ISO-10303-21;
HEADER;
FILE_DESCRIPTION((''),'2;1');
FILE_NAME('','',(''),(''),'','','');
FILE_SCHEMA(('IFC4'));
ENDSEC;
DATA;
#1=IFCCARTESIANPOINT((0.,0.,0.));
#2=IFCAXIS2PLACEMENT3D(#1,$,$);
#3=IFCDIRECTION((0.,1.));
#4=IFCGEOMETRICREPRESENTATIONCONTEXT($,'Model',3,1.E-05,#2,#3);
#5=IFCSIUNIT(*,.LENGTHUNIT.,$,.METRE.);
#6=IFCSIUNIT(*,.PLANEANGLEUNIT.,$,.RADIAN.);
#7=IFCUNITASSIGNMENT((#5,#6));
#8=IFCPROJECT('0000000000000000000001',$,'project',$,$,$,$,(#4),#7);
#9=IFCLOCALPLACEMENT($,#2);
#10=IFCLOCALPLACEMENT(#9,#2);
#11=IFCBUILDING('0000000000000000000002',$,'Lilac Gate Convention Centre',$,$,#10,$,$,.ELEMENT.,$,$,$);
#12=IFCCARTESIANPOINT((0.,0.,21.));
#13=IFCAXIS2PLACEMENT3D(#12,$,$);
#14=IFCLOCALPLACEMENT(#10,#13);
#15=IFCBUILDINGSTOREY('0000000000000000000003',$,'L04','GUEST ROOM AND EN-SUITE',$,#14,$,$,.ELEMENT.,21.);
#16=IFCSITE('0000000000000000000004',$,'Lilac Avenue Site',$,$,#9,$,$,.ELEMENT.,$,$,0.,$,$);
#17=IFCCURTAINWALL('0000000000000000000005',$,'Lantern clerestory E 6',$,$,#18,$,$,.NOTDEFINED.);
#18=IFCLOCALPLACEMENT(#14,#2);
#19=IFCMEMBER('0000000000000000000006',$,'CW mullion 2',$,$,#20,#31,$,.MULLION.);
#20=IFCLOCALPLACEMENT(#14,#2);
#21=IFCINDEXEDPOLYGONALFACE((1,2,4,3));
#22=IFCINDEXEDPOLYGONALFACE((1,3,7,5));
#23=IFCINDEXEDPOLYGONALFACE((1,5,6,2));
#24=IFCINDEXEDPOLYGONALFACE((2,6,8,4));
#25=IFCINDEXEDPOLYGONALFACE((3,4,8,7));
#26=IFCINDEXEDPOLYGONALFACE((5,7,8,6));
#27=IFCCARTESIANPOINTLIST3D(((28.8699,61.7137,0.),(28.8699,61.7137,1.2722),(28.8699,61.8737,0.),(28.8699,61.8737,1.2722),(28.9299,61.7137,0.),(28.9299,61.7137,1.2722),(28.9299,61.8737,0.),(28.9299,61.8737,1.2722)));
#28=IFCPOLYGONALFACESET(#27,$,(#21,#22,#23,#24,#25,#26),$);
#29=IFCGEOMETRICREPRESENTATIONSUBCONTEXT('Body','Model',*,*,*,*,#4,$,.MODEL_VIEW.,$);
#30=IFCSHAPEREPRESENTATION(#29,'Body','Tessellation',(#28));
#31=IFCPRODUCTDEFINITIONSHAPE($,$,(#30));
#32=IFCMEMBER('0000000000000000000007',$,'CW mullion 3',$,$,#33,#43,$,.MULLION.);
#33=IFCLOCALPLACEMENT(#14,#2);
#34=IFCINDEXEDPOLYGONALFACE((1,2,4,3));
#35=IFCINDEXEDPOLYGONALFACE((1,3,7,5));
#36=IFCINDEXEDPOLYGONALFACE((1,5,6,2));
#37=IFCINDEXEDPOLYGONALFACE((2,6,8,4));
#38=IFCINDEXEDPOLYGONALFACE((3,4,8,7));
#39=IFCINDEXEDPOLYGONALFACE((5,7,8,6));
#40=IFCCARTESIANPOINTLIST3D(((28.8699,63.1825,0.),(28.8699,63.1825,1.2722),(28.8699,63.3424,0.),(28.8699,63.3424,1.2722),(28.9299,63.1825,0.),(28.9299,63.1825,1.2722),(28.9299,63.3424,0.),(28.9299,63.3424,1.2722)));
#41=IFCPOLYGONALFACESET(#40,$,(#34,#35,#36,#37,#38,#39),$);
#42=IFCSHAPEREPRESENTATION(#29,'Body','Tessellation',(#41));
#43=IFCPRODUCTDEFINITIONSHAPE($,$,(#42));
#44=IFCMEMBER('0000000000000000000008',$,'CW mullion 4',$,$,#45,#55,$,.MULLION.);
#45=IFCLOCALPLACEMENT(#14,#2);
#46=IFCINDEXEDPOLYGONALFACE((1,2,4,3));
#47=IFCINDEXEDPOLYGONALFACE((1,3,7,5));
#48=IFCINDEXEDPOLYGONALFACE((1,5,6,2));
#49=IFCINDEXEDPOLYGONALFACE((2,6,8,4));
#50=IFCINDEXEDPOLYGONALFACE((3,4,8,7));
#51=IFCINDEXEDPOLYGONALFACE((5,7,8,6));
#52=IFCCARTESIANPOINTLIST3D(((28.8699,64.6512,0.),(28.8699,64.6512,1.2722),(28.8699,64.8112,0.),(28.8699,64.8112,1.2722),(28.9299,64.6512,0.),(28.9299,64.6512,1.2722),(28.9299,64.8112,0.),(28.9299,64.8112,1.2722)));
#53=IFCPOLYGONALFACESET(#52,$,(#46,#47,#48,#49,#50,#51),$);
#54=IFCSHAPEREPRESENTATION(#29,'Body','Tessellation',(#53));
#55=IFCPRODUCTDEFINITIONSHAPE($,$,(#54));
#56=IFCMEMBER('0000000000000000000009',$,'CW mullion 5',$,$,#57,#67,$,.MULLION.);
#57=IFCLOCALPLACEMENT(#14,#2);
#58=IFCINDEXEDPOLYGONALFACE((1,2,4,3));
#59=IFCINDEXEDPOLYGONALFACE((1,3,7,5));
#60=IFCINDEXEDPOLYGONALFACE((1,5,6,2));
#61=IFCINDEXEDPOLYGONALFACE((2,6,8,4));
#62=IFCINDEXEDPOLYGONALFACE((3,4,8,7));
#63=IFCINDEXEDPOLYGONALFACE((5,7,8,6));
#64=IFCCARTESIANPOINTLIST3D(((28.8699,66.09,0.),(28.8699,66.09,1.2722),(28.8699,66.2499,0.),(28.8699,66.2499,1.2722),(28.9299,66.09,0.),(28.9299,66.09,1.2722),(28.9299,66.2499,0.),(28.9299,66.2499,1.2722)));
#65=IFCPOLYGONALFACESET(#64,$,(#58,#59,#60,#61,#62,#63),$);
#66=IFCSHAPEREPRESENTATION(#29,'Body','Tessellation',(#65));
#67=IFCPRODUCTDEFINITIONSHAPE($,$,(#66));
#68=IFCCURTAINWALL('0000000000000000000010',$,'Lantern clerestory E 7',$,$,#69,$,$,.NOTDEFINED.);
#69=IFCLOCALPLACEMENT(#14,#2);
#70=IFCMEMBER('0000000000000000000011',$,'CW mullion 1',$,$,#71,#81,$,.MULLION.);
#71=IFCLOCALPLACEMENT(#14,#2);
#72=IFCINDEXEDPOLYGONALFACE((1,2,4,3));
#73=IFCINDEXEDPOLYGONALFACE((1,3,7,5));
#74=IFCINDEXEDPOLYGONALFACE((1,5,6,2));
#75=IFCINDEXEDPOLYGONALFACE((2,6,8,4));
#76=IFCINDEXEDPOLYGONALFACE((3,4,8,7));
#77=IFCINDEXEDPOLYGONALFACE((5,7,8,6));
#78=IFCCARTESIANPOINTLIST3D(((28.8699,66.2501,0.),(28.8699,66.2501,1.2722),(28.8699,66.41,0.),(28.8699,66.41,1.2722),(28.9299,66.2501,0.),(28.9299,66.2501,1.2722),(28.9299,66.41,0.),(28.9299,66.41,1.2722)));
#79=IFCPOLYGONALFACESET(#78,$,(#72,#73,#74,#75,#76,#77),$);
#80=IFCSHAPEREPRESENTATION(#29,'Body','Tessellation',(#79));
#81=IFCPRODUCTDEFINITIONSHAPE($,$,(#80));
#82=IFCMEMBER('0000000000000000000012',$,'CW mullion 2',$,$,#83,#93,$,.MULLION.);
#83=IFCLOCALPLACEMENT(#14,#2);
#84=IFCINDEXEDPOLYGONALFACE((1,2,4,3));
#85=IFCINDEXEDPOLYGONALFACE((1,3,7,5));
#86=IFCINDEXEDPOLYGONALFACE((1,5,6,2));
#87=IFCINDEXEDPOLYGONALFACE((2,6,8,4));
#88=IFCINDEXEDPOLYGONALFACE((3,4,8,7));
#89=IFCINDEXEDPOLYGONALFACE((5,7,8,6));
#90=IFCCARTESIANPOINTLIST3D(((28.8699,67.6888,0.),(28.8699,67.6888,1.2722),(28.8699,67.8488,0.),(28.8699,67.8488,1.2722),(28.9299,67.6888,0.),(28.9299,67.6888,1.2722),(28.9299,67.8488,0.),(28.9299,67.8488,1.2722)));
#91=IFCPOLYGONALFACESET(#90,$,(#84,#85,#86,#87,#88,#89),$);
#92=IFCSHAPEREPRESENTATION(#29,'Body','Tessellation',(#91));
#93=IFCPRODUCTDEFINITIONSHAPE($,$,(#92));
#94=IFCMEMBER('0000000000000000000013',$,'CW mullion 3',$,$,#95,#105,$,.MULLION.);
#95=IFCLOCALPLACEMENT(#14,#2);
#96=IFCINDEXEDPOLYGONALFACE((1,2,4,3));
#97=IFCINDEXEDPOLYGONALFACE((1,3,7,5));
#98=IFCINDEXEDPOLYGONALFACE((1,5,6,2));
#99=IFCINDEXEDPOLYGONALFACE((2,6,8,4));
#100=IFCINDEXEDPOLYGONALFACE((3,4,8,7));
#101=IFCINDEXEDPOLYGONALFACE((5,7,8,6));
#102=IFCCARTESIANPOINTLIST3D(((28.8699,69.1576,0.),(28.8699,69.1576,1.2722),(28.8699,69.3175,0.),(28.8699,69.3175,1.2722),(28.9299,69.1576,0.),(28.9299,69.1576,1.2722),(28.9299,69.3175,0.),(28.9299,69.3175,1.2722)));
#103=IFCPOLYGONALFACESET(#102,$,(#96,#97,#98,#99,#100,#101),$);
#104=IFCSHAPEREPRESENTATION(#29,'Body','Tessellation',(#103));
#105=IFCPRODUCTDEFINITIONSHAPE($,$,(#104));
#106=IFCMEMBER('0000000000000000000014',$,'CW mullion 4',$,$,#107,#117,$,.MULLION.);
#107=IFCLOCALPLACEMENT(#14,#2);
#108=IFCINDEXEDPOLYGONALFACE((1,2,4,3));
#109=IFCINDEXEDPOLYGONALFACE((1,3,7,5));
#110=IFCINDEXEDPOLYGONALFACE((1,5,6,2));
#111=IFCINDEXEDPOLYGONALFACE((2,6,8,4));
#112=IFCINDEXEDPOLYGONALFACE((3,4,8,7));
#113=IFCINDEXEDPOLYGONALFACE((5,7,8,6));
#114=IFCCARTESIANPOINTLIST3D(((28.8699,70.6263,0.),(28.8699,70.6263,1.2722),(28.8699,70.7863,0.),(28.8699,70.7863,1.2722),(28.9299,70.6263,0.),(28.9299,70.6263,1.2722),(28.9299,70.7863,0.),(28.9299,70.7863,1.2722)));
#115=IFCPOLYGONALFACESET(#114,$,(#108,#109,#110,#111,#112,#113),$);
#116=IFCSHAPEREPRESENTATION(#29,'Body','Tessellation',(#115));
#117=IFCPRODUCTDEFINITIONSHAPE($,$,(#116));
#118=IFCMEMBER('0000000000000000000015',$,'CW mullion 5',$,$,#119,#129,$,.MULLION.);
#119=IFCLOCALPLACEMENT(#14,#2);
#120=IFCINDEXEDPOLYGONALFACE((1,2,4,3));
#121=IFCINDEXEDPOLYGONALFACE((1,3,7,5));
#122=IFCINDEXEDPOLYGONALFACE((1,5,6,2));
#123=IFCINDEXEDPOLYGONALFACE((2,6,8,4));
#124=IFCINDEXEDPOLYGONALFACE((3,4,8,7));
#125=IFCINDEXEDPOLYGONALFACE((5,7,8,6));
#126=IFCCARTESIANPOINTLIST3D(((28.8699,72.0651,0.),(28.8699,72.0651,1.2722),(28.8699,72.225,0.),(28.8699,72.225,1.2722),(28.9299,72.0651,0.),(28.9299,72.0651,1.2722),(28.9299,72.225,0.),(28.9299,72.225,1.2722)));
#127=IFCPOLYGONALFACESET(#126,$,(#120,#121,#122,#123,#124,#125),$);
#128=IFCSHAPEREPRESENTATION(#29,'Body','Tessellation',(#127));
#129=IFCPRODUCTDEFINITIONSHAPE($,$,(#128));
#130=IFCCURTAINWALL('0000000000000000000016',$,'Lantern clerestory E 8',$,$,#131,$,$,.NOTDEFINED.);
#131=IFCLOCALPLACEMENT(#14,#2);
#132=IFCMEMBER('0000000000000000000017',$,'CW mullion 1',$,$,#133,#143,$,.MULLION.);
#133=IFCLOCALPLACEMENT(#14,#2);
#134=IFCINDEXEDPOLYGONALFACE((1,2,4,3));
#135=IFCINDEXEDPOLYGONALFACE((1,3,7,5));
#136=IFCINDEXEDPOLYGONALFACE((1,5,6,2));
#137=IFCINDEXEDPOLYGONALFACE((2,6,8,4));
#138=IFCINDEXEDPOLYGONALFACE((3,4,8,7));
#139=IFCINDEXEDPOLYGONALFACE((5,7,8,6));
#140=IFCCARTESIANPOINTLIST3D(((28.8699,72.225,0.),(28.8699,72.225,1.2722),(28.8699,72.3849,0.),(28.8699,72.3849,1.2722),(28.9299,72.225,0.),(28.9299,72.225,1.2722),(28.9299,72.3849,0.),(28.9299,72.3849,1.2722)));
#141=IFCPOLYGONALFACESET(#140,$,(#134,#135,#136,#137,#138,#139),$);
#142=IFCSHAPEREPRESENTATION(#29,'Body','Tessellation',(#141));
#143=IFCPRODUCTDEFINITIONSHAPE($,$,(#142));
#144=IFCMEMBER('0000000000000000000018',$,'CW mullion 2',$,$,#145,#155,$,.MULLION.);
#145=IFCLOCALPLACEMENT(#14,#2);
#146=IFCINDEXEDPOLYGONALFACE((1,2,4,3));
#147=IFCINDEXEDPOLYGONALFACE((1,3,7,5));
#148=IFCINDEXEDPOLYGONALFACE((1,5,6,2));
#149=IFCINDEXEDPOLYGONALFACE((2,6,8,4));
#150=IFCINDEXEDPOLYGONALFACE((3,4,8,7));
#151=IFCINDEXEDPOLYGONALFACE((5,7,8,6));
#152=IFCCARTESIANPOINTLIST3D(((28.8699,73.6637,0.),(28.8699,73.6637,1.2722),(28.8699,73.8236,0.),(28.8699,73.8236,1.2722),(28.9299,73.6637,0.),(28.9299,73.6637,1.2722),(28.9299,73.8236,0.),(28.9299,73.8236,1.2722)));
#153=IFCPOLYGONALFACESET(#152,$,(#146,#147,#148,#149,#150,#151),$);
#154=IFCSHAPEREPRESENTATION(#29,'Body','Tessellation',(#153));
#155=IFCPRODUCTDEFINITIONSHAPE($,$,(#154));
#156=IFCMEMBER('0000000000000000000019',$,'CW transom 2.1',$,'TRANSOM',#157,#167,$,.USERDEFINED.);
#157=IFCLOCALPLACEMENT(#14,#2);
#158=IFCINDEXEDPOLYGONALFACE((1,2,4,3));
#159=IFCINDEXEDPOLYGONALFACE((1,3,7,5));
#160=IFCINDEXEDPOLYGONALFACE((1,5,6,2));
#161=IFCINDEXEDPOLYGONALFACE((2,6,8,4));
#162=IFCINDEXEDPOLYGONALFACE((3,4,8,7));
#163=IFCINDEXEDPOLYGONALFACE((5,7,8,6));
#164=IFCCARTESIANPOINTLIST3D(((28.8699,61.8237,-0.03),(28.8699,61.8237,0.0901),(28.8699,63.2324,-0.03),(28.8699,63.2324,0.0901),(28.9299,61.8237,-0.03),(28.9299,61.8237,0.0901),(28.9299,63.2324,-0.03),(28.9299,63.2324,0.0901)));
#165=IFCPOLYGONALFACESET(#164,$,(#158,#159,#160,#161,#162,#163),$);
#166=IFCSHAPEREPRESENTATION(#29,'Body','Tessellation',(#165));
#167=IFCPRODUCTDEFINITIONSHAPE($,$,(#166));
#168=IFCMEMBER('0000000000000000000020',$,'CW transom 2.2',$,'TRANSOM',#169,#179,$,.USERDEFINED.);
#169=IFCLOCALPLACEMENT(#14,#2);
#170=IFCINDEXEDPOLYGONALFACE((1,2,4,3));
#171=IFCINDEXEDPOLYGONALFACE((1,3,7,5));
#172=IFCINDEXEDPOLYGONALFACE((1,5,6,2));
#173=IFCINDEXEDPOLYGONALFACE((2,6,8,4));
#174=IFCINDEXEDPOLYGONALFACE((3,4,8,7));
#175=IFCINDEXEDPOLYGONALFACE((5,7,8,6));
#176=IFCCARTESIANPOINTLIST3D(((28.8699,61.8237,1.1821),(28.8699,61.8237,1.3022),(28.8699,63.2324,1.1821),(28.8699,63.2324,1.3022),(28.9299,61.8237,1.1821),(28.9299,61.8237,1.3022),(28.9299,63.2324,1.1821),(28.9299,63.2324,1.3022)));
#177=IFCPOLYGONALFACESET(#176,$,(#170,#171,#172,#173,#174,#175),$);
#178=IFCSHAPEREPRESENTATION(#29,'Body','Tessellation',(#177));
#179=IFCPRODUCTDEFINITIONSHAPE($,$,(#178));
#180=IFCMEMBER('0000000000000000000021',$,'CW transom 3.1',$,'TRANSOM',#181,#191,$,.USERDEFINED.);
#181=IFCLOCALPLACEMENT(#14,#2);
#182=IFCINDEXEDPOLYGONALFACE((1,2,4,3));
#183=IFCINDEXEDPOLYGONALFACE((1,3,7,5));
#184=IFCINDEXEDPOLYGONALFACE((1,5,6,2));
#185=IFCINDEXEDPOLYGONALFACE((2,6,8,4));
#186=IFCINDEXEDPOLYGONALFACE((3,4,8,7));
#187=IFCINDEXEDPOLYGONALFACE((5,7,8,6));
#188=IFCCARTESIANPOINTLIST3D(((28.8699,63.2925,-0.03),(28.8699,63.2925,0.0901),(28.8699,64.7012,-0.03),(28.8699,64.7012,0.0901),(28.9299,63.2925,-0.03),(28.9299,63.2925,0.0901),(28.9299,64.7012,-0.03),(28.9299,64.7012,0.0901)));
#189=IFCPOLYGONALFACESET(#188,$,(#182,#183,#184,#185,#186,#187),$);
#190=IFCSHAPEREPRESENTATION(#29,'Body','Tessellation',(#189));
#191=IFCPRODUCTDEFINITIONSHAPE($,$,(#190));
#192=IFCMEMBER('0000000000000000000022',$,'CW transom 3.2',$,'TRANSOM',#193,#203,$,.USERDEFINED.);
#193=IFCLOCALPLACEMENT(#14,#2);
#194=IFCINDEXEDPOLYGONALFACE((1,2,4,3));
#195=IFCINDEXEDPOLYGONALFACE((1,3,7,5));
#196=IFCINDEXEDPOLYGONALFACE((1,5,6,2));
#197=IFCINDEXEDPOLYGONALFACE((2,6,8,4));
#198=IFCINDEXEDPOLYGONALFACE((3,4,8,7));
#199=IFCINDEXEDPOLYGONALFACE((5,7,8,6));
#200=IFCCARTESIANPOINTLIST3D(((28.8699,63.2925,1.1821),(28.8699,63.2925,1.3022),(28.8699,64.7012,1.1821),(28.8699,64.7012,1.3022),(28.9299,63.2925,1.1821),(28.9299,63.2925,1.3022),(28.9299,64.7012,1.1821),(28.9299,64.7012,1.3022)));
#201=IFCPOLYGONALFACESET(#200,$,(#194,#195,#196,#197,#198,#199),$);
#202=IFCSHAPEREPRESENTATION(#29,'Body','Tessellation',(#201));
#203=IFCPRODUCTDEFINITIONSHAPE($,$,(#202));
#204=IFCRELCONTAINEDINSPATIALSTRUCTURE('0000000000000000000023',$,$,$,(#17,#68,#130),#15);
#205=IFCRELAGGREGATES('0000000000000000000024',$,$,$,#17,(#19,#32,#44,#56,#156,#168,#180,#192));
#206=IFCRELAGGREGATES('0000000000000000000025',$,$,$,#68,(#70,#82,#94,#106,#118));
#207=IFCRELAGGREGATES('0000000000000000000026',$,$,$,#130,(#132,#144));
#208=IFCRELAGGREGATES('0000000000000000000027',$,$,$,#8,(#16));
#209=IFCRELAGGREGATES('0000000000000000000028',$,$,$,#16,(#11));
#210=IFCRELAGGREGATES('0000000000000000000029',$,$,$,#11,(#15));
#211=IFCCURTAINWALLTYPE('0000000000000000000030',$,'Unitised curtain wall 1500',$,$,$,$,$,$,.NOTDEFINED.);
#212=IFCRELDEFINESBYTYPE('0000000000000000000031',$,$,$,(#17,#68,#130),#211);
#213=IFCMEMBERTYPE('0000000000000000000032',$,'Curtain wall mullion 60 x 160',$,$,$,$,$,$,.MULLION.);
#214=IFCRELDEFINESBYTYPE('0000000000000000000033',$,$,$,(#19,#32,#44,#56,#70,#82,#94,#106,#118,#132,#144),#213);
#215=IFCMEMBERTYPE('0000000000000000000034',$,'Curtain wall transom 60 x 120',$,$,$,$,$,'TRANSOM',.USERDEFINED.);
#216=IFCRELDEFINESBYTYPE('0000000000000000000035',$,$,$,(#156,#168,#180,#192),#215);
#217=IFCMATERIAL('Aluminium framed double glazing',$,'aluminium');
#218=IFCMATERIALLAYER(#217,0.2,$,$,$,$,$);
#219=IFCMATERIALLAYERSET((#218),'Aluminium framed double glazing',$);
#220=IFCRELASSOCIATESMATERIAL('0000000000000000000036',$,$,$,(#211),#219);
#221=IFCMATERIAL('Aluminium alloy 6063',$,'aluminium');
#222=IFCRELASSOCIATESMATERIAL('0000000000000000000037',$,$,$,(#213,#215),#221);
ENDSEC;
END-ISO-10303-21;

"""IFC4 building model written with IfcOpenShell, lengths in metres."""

from ifc_helpers import new_model, si_unit, direction, frame, origin, origin_2d, place, context, subcontext, project, spatial, rectangle, extrude, material, layer, layer_set, material_profile, profile_set, type_object, element, aggregate, save


model = new_model("IFC4")

# Units and contexts
model_context = context("Model", 3, precision=1e-05, world=origin(), true_north=direction((0.0, 1.0)))
body_context = subcontext(model_context, "Body", "Model", "MODEL_VIEW")
ifc_project = project(units=[si_unit("LENGTHUNIT", "METRE"), si_unit("PLANEANGLEUNIT", "RADIAN")], contexts=[model_context])

# Site, building, storey
site_placement = place(None, origin())
site = spatial("IfcSite", under=ifc_project, at=site_placement, Name="Lilac Avenue Site", CompositionType="ELEMENT", RefElevation=0.0)
building_placement = place(site_placement, origin())
building = spatial("IfcBuilding", under=site, at=building_placement, Name="Lilac Gate Convention Centre", CompositionType="ELEMENT")
storey_placement = place(building_placement, frame((0.0, 0.0, 21.0)))
storey = spatial("IfcBuildingStorey", under=building, at=storey_placement, Name="L04", Description="GUEST ROOM AND EN-SUITE", CompositionType="ELEMENT", Elevation=21.0)

# Curtain walls, members
ifc_material_1 = material(Name="Aluminium framed double glazing", Category="aluminium")
ifc_layer_1 = layer(ifc_material_1, 0.2)
ifc_layer_set_1 = layer_set([ifc_layer_1], Name="Aluminium framed double glazing")
curtain_wall_type = type_object("IfcCurtainWallType", Name="Unitised curtain wall 1500", PredefinedType="NOTDEFINED", material=ifc_layer_set_1)
curtain_wall_1_placement = place(storey_placement, origin())
curtain_wall_1 = element("IfcCurtainWall", 1, at=curtain_wall_1_placement, inside=storey, type_object=curtain_wall_type, Name="Lantern clerestory E 6", PredefinedType="NOTDEFINED")
ifc_material_2 = material(Name="Aluminium alloy 6063", Category="aluminium")
ifc_material_profile_1 = material_profile(ifc_material_2, rectangle(XDim=0.0601, YDim=0.1599, at=origin_2d()), Name="Curtain wall mullion 60 x 160")
ifc_profile_set_1 = profile_set([ifc_material_profile_1], Name="Aluminium alloy 6063")
member_type_1 = type_object("IfcMemberType", Name="Curtain wall mullion 60 x 160", PredefinedType="MULLION", material=ifc_profile_set_1)
member_1_placement = place(storey_placement, frame((28.8999, 61.7937, 0.0), z_axis=(0.0, 0.0, 1.0), x_axis=(-1.0, 0.0, 0.0)))
member_1 = element("IfcMember", 2, at=member_1_placement, type_object=member_type_1, Name="CW mullion 2", PredefinedType="MULLION", context=body_context, shape_type="SweptSolid", body=[
    extrude(rectangle(XDim=0.0601, YDim=0.1599, at=origin_2d()), origin(), (0.0, 0.0, 1.0), 1.2722),
])
member_2_placement = place(storey_placement, frame((28.8999, 63.2625, 0.0), z_axis=(0.0, 0.0, 1.0), x_axis=(-1.0, 0.0, 0.0)))
member_2 = element("IfcMember", 3, at=member_2_placement, type_object=member_type_1, Name="CW mullion 3", PredefinedType="MULLION", context=body_context, shape_type="SweptSolid", body=[
    extrude(rectangle(XDim=0.0601, YDim=0.1599, at=origin_2d()), origin(), (0.0, 0.0, 1.0), 1.2722),
])
member_3_placement = place(storey_placement, frame((28.8999, 64.7312, 0.0), z_axis=(0.0, 0.0, 1.0), x_axis=(-1.0, 0.0, 0.0)))
member_3 = element("IfcMember", 4, at=member_3_placement, type_object=member_type_1, Name="CW mullion 4", PredefinedType="MULLION", context=body_context, shape_type="SweptSolid", body=[
    extrude(rectangle(XDim=0.0601, YDim=0.1599, at=origin_2d()), origin(), (0.0, 0.0, 1.0), 1.2722),
])
member_4_placement = place(storey_placement, frame((28.8999, 66.1699, 0.0), z_axis=(0.0, 0.0, 1.0), x_axis=(-1.0, 0.0, 0.0)))
member_4 = element("IfcMember", 5, at=member_4_placement, type_object=member_type_1, Name="CW mullion 5", PredefinedType="MULLION", context=body_context, shape_type="SweptSolid", body=[
    extrude(rectangle(XDim=0.0601, YDim=0.1599, at=origin_2d()), origin(), (0.0, 0.0, 1.0), 1.2722),
])
curtain_wall_2_placement = place(storey_placement, origin())
curtain_wall_2 = element("IfcCurtainWall", 6, at=curtain_wall_2_placement, inside=storey, type_object=curtain_wall_type, Name="Lantern clerestory E 7", PredefinedType="NOTDEFINED")
member_5_placement = place(storey_placement, frame((28.8999, 66.3301, 0.0), z_axis=(0.0, 0.0, 1.0), x_axis=(-1.0, 0.0, 0.0)))
member_5 = element("IfcMember", 7, at=member_5_placement, type_object=member_type_1, Name="CW mullion 1", PredefinedType="MULLION", context=body_context, shape_type="SweptSolid", body=[
    extrude(rectangle(XDim=0.0601, YDim=0.1599, at=origin_2d()), origin(), (0.0, 0.0, 1.0), 1.2722),
])
member_6_placement = place(storey_placement, frame((28.8999, 67.7688, 0.0), z_axis=(0.0, 0.0, 1.0), x_axis=(-1.0, 0.0, 0.0)))
member_6 = element("IfcMember", 8, at=member_6_placement, type_object=member_type_1, Name="CW mullion 2", PredefinedType="MULLION", context=body_context, shape_type="SweptSolid", body=[
    extrude(rectangle(XDim=0.0601, YDim=0.1599, at=origin_2d()), origin(), (0.0, 0.0, 1.0), 1.2722),
])
member_7_placement = place(storey_placement, frame((28.8999, 69.2375, 0.0), z_axis=(0.0, 0.0, 1.0), x_axis=(-1.0, 0.0, 0.0)))
member_7 = element("IfcMember", 9, at=member_7_placement, type_object=member_type_1, Name="CW mullion 3", PredefinedType="MULLION", context=body_context, shape_type="SweptSolid", body=[
    extrude(rectangle(XDim=0.0601, YDim=0.1599, at=origin_2d()), origin(), (0.0, 0.0, 1.0), 1.2722),
])
member_8_placement = place(storey_placement, frame((28.8999, 70.7063, 0.0), z_axis=(0.0, 0.0, 1.0), x_axis=(-1.0, 0.0, 0.0)))
member_8 = element("IfcMember", 10, at=member_8_placement, type_object=member_type_1, Name="CW mullion 4", PredefinedType="MULLION", context=body_context, shape_type="SweptSolid", body=[
    extrude(rectangle(XDim=0.0601, YDim=0.1599, at=origin_2d()), origin(), (0.0, 0.0, 1.0), 1.2722),
])
member_9_placement = place(storey_placement, frame((28.8999, 72.145, 0.0), z_axis=(0.0, 0.0, 1.0), x_axis=(-1.0, 0.0, 0.0)))
member_9 = element("IfcMember", 11, at=member_9_placement, type_object=member_type_1, Name="CW mullion 5", PredefinedType="MULLION", context=body_context, shape_type="SweptSolid", body=[
    extrude(rectangle(XDim=0.0601, YDim=0.1599, at=origin_2d()), origin(), (0.0, 0.0, 1.0), 1.2722),
])
curtain_wall_3_placement = place(storey_placement, origin())
curtain_wall_3 = element("IfcCurtainWall", 12, at=curtain_wall_3_placement, inside=storey, type_object=curtain_wall_type, Name="Lantern clerestory E 8", PredefinedType="NOTDEFINED")
member_10_placement = place(storey_placement, frame((28.8999, 72.3049, 0.0), z_axis=(0.0, 0.0, 1.0), x_axis=(-1.0, 0.0, 0.0)))
member_10 = element("IfcMember", 13, at=member_10_placement, type_object=member_type_1, Name="CW mullion 1", PredefinedType="MULLION", context=body_context, shape_type="SweptSolid", body=[
    extrude(rectangle(XDim=0.0601, YDim=0.1599, at=origin_2d()), origin(), (0.0, 0.0, 1.0), 1.2722),
])
member_11_placement = place(storey_placement, frame((28.8999, 73.7437, 0.0), z_axis=(0.0, 0.0, 1.0), x_axis=(-1.0, 0.0, 0.0)))
member_11 = element("IfcMember", 14, at=member_11_placement, type_object=member_type_1, Name="CW mullion 2", PredefinedType="MULLION", context=body_context, shape_type="SweptSolid", body=[
    extrude(rectangle(XDim=0.0601, YDim=0.1599, at=origin_2d()), origin(), (0.0, 0.0, 1.0), 1.2722),
])

# Members
ifc_material_profile_2 = material_profile(ifc_material_2, rectangle(XDim=0.0601, YDim=0.1201, at=origin_2d()), Name="Curtain wall transom 60 x 120")
ifc_profile_set_2 = profile_set([ifc_material_profile_2], Name="Aluminium alloy 6063")
member_type_2 = type_object("IfcMemberType", Name="Curtain wall transom 60 x 120", ElementType="TRANSOM", PredefinedType="USERDEFINED", material=ifc_profile_set_2)
member_12_placement = place(storey_placement, frame((28.8999, 61.8237, 0.03), z_axis=(0.0, 1.0, 0.0), x_axis=(-1.0, 0.0, 0.0)))
member_12 = element("IfcMember", 15, at=member_12_placement, type_object=member_type_2, Name="CW transom 2.1", ObjectType="TRANSOM", PredefinedType="USERDEFINED", context=body_context, shape_type="SweptSolid", body=[
    extrude(rectangle(XDim=0.0601, YDim=0.1201, at=origin_2d()), origin(), (0.0, 0.0, 1.0), 1.4087),
])
member_13_placement = place(storey_placement, frame((28.8999, 61.8237, 1.2422), z_axis=(0.0, 1.0, 0.0), x_axis=(-1.0, 0.0, 0.0)))
member_13 = element("IfcMember", 16, at=member_13_placement, type_object=member_type_2, Name="CW transom 2.2", ObjectType="TRANSOM", PredefinedType="USERDEFINED", context=body_context, shape_type="SweptSolid", body=[
    extrude(rectangle(XDim=0.0601, YDim=0.1201, at=origin_2d()), origin(), (0.0, 0.0, 1.0), 1.4087),
])
member_14_placement = place(storey_placement, frame((28.8999, 63.2925, 0.03), z_axis=(0.0, 1.0, 0.0), x_axis=(-1.0, 0.0, 0.0)))
member_14 = element("IfcMember", 17, at=member_14_placement, type_object=member_type_2, Name="CW transom 3.1", ObjectType="TRANSOM", PredefinedType="USERDEFINED", context=body_context, shape_type="SweptSolid", body=[
    extrude(rectangle(XDim=0.0601, YDim=0.1201, at=origin_2d()), origin(), (0.0, 0.0, 1.0), 1.4087),
])
member_15_placement = place(storey_placement, frame((28.8999, 63.2925, 1.2422), z_axis=(0.0, 1.0, 0.0), x_axis=(-1.0, 0.0, 0.0)))
member_15 = element("IfcMember", 18, at=member_15_placement, type_object=member_type_2, Name="CW transom 3.2", ObjectType="TRANSOM", PredefinedType="USERDEFINED", context=body_context, shape_type="SweptSolid", body=[
    extrude(rectangle(XDim=0.0601, YDim=0.1201, at=origin_2d()), origin(), (0.0, 0.0, 1.0), 1.4087),
])

aggregate(curtain_wall_1, [member_1, member_2, member_3, member_4, member_12, member_13, member_14, member_15])
aggregate(curtain_wall_2, [member_5, member_6, member_7, member_8, member_9])
aggregate(curtain_wall_3, [member_10, member_11])

save(model, "model.ifc")
